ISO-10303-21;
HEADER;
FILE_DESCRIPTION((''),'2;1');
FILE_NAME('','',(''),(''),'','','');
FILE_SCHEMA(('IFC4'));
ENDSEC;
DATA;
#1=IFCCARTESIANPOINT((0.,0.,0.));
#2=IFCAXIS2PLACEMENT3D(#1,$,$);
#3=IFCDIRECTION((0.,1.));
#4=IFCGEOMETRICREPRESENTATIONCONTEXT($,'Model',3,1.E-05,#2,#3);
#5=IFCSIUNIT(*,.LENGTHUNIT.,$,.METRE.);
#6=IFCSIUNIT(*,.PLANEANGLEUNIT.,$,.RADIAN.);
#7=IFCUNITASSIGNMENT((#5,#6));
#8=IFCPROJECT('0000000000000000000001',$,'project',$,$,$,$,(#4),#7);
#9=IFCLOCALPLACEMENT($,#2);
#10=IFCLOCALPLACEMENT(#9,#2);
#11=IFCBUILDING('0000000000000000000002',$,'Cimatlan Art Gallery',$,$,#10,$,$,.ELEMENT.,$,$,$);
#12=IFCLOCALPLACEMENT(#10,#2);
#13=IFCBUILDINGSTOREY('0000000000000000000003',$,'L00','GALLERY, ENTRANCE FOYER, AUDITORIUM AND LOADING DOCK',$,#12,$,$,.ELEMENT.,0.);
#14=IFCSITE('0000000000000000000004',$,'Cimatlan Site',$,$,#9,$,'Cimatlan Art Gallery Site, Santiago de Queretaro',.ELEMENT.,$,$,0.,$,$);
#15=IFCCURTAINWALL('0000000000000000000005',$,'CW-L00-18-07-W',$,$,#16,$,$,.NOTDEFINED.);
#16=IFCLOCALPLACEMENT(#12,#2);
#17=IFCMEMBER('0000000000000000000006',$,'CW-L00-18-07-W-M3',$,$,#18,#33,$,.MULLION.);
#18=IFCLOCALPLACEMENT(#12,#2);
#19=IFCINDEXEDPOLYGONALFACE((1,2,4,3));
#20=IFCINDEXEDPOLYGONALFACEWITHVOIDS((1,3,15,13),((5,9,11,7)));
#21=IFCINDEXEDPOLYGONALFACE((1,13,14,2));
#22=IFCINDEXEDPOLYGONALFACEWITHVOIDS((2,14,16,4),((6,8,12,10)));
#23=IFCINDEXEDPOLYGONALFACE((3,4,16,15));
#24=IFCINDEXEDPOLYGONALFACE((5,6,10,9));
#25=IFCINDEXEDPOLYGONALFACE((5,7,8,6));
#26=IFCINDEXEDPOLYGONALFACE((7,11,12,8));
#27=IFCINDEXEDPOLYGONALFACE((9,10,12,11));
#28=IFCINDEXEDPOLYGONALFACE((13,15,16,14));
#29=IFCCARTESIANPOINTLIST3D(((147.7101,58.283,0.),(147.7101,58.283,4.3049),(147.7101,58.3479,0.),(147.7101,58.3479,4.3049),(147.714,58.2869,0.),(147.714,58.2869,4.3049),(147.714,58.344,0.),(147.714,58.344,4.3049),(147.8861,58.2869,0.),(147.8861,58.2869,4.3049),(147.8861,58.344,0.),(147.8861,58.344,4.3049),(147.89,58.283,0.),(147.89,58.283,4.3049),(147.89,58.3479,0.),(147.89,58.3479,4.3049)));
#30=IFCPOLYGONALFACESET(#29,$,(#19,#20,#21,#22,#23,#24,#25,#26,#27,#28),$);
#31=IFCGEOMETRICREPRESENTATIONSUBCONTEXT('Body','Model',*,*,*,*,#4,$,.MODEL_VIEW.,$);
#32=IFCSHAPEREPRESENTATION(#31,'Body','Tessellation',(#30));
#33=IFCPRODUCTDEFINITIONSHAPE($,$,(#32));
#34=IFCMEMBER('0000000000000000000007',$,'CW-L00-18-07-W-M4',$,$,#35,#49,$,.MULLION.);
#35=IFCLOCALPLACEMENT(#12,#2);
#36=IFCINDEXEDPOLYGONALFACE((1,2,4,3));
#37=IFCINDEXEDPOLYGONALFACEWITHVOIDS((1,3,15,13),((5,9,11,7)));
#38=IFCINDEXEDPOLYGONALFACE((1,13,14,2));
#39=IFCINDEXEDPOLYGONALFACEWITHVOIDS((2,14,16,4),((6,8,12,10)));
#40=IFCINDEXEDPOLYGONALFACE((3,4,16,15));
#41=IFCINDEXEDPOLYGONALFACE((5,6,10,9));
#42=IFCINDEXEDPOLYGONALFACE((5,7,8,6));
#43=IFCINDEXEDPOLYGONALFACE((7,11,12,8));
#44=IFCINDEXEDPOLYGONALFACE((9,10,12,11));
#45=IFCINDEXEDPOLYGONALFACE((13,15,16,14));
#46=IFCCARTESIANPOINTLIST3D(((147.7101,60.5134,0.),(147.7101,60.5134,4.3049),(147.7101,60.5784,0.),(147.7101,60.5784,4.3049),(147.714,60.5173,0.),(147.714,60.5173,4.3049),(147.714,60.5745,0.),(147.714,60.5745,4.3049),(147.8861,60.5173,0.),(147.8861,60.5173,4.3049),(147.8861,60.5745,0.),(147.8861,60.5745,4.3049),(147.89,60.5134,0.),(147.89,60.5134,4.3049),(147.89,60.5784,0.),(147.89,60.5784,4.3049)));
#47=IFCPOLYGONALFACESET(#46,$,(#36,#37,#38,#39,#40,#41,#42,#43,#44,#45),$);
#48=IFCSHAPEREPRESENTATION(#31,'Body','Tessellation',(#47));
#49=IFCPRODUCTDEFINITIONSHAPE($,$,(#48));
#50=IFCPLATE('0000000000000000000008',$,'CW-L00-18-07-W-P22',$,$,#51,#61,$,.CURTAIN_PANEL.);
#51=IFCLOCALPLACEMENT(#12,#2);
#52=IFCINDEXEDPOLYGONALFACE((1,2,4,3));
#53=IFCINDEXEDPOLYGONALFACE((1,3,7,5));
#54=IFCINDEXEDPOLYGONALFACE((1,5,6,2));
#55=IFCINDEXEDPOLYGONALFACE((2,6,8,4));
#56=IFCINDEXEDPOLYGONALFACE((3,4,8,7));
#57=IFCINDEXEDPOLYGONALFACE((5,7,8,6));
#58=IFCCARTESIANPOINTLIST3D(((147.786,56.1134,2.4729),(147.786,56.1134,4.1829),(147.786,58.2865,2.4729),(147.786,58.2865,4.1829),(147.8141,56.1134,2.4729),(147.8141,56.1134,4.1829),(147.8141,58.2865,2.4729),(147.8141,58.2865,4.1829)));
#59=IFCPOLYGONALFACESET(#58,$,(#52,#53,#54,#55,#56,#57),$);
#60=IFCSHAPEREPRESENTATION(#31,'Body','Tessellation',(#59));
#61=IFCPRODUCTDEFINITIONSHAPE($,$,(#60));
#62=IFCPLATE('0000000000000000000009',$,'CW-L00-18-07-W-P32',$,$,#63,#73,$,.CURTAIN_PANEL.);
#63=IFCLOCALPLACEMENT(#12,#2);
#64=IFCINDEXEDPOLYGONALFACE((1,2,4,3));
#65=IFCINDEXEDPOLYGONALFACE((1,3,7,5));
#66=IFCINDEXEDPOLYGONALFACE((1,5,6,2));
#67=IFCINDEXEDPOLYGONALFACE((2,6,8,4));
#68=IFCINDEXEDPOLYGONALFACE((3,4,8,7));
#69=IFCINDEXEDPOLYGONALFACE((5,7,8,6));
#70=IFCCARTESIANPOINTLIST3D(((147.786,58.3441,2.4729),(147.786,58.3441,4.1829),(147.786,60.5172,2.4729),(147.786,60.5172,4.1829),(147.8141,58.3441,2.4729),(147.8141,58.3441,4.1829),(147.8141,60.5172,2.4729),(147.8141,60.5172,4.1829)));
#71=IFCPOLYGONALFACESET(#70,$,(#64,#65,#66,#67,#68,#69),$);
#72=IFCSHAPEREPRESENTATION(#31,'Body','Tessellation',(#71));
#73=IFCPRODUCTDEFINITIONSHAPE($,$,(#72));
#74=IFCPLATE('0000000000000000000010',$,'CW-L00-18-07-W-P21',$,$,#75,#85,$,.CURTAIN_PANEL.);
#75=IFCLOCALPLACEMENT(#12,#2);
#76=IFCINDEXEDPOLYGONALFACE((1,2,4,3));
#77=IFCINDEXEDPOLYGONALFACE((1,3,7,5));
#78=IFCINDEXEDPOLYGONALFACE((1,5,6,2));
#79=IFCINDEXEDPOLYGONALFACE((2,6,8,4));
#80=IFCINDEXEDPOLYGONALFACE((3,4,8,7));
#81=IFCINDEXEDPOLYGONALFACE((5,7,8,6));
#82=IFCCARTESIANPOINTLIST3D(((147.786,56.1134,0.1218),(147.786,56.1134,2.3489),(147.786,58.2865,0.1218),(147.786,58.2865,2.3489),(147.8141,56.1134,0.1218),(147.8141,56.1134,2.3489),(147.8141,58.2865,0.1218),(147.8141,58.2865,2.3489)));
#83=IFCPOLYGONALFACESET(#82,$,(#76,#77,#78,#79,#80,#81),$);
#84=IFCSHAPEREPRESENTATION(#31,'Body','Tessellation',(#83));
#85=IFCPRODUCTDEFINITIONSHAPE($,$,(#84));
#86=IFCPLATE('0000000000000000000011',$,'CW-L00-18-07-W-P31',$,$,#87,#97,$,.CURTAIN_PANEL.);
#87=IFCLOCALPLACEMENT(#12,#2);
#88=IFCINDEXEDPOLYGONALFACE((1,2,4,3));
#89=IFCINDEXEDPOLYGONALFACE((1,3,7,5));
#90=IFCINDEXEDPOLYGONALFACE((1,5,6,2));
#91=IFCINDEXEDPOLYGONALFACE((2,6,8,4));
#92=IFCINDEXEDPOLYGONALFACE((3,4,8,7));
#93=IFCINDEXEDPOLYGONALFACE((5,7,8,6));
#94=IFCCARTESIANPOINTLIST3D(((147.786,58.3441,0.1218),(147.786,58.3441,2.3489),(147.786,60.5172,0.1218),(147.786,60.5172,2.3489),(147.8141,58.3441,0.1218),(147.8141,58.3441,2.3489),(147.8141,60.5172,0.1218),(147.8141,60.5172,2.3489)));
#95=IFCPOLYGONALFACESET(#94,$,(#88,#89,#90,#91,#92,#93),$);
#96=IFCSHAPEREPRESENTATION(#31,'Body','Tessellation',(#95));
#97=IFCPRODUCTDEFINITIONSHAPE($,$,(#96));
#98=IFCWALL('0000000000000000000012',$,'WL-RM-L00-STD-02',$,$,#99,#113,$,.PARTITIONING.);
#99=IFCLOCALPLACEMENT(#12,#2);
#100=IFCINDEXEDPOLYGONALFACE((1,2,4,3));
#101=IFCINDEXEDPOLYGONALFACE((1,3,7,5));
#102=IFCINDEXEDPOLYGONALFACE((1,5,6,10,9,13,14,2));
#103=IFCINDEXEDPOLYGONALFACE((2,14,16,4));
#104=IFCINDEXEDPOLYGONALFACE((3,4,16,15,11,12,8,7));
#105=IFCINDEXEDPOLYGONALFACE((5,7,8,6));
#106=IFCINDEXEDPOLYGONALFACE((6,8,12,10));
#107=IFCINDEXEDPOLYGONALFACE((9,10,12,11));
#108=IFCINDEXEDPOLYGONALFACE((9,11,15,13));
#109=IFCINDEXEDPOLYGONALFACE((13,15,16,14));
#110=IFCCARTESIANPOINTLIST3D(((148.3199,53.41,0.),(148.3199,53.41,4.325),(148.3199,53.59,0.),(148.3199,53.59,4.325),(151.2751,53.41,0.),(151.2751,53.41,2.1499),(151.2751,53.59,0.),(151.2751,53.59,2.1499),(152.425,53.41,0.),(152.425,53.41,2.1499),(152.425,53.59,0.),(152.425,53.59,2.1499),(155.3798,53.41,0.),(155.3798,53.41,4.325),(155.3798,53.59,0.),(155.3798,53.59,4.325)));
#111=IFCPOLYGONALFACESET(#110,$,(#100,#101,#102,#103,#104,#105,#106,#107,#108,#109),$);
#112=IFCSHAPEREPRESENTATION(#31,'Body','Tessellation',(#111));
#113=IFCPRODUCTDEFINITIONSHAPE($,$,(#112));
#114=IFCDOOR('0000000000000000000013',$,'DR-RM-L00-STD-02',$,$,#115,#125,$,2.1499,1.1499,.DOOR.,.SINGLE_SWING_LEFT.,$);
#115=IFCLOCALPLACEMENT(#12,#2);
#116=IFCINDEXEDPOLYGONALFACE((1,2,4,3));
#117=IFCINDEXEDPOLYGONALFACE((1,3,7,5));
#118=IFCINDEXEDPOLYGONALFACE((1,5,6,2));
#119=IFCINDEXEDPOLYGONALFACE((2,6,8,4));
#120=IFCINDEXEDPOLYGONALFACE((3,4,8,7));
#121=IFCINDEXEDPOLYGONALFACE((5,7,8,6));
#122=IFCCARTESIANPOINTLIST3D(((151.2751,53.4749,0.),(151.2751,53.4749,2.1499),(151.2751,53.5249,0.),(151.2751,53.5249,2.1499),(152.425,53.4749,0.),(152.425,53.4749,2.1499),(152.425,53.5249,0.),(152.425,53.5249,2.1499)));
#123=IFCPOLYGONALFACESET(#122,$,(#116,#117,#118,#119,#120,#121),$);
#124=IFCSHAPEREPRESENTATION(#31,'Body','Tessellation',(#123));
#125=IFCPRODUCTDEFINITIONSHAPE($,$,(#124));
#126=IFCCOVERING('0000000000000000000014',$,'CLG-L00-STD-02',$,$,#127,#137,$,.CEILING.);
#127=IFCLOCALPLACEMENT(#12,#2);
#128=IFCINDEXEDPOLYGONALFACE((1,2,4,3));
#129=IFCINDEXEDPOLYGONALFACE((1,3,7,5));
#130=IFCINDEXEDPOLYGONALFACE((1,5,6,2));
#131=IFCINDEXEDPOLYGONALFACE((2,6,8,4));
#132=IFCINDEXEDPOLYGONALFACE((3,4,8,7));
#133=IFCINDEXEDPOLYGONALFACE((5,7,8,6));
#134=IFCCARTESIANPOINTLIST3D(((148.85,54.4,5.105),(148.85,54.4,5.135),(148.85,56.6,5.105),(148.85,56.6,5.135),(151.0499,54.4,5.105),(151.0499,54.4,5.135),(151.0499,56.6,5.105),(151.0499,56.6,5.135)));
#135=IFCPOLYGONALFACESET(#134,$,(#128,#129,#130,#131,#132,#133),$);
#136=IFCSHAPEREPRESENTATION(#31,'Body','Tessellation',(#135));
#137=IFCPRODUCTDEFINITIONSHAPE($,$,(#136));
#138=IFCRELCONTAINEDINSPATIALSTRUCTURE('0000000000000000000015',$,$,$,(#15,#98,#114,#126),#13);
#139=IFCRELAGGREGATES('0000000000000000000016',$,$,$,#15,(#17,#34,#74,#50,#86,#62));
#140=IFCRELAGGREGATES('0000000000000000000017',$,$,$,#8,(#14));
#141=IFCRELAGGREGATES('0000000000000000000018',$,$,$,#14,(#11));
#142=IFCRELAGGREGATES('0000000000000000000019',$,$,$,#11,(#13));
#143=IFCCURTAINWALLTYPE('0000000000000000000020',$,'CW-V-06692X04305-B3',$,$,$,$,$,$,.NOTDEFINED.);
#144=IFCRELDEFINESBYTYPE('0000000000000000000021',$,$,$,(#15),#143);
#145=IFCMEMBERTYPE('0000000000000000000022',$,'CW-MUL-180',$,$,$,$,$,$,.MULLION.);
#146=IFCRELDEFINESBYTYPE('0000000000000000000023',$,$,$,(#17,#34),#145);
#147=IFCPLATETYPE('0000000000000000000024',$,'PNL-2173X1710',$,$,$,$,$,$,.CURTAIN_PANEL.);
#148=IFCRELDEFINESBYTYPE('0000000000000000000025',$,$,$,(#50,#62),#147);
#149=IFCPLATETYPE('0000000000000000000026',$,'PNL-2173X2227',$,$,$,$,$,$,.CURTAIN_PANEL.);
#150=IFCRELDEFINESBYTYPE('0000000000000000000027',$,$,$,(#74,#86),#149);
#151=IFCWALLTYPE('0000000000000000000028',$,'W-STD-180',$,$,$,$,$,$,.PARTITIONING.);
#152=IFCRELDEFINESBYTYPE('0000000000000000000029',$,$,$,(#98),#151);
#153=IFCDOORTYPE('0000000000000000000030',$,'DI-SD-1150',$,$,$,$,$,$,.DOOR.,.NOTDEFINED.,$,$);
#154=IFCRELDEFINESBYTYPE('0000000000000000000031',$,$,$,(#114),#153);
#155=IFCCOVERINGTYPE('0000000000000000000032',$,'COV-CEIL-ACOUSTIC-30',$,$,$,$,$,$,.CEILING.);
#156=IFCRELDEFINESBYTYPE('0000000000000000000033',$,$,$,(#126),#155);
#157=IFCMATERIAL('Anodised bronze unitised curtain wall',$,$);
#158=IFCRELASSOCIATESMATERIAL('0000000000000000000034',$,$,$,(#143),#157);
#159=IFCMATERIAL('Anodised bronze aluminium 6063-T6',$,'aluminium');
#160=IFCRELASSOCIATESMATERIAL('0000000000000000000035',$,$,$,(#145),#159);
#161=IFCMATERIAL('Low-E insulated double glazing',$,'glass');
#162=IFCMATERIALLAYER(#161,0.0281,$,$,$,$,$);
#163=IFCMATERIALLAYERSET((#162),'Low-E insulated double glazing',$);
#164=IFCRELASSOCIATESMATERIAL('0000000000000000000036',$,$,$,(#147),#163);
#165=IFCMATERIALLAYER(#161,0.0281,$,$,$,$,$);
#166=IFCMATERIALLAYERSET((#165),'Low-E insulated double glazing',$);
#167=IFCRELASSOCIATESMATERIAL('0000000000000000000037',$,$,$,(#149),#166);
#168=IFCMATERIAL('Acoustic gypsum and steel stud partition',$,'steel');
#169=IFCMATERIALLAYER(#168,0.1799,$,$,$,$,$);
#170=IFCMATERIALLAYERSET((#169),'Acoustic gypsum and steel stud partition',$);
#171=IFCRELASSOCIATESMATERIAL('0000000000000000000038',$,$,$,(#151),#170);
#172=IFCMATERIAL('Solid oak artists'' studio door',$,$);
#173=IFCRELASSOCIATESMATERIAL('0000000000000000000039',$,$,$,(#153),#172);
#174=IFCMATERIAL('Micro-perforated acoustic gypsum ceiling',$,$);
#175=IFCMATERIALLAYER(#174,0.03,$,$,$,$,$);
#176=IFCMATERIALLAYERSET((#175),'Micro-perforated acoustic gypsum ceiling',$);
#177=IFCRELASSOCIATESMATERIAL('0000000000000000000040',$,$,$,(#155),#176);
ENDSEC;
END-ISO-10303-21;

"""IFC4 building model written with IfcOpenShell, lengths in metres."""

from ifc_helpers import new_model, si_unit, direction, frame, frame_2d, origin, origin_2d, place, context, subcontext, project, spatial, rectangle, hollow_rectangle, extrude, material, layer, layer_set, material_profile, profile_set, type_object, element, fill, aggregate, save


model = new_model("IFC4")

# Units and contexts
model_context = context("Model", 3, precision=1e-05, world=origin(), true_north=direction((0.0, 1.0)))
body_context = subcontext(model_context, "Body", "Model", "MODEL_VIEW")
ifc_project = project(units=[si_unit("LENGTHUNIT", "METRE"), si_unit("PLANEANGLEUNIT", "RADIAN")], contexts=[model_context])

# Site, building, storey
site_placement = place(None, origin())
site = spatial("IfcSite", under=ifc_project, at=site_placement, Name="Cimatlan Site", LongName="Cimatlan Art Gallery Site, Santiago de Queretaro", CompositionType="ELEMENT", RefElevation=0.0)
building_placement = place(site_placement, origin())
building = spatial("IfcBuilding", under=site, at=building_placement, Name="Cimatlan Art Gallery", CompositionType="ELEMENT")
storey_placement = place(building_placement, origin())
storey = spatial("IfcBuildingStorey", under=building, at=storey_placement, Name="L00", Description="GALLERY, ENTRANCE FOYER, AUDITORIUM AND LOADING DOCK", CompositionType="ELEMENT", Elevation=0.0)

# Curtain wall, members, plates
ifc_material_1 = material(Name="Anodised bronze unitised curtain wall")
curtain_wall_type = type_object("IfcCurtainWallType", Name="CW-V-06692X04305-B3", PredefinedType="NOTDEFINED", material=ifc_material_1)
curtain_wall_placement = place(storey_placement, origin())
curtain_wall = element("IfcCurtainWall", 1, at=curtain_wall_placement, inside=storey, type_object=curtain_wall_type, Name="CW-L00-18-07-W", PredefinedType="NOTDEFINED")
ifc_material_2 = material(Name="Anodised bronze aluminium 6063-T6", Category="aluminium")
ifc_material_profile_1 = material_profile(ifc_material_2, hollow_rectangle(XDim=0.0649, YDim=0.1799, WallThickness=0.0039, at=origin_2d()), Name="ALU65X180X4")
ifc_profile_set_1 = profile_set([ifc_material_profile_1], Name="Anodised bronze aluminium 6063-T6")
member_type = type_object("IfcMemberType", Name="CW-MUL-180", PredefinedType="MULLION", material=ifc_profile_set_1)
member_1_placement = place(storey_placement, frame((147.8, 58.3154, 0.0), z_axis=(0.0, 0.0, 1.0), x_axis=(0.0, 1.0, 0.0)))
member_1 = element("IfcMember", 2, at=member_1_placement, type_object=member_type, Name="CW-L00-18-07-W-M3", PredefinedType="MULLION", context=body_context, shape_type="SweptSolid", body=[
    extrude(hollow_rectangle(XDim=0.0649, YDim=0.1799, WallThickness=0.0039, at=origin_2d()), origin(), (0.0, 0.0, 1.0), 4.3049),
])
member_2_placement = place(storey_placement, frame((147.8, 60.5459, 0.0), z_axis=(0.0, 0.0, 1.0), x_axis=(0.0, 1.0, 0.0)))
member_2 = element("IfcMember", 3, at=member_2_placement, type_object=member_type, Name="CW-L00-18-07-W-M4", PredefinedType="MULLION", context=body_context, shape_type="SweptSolid", body=[
    extrude(hollow_rectangle(XDim=0.0649, YDim=0.1799, WallThickness=0.0039, at=origin_2d()), origin(), (0.0, 0.0, 1.0), 4.3049),
])
ifc_material_3 = material(Name="Low-E insulated double glazing", Category="glass")
ifc_layer_1 = layer(ifc_material_3, 0.0281)
ifc_layer_set_1 = layer_set([ifc_layer_1], Name="Low-E insulated double glazing")
plate_type_1 = type_object("IfcPlateType", Name="PNL-2173X1710", PredefinedType="CURTAIN_PANEL", material=ifc_layer_set_1)
plate_1_placement = place(storey_placement, frame((147.8, 57.2, 2.4729), z_axis=(0.0, 0.0, 1.0), x_axis=(0.0, 1.0, 0.0)))
plate_1 = element("IfcPlate", 4, at=plate_1_placement, type_object=plate_type_1, Name="CW-L00-18-07-W-P22", PredefinedType="CURTAIN_PANEL", context=body_context, shape_type="SweptSolid", body=[
    extrude(rectangle(XDim=2.1731, YDim=0.0281, at=origin_2d()), origin(), (0.0, 0.0, 1.0), 1.71),
])
plate_2_placement = place(storey_placement, frame((147.8, 59.4307, 2.4729), z_axis=(0.0, 0.0, 1.0), x_axis=(0.0, 1.0, 0.0)))
plate_2 = element("IfcPlate", 5, at=plate_2_placement, type_object=plate_type_1, Name="CW-L00-18-07-W-P32", PredefinedType="CURTAIN_PANEL", context=body_context, shape_type="SweptSolid", body=[
    extrude(rectangle(XDim=2.1731, YDim=0.0281, at=origin_2d()), origin(), (0.0, 0.0, 1.0), 1.71),
])
ifc_layer_2 = layer(ifc_material_3, 0.0281)
ifc_layer_set_2 = layer_set([ifc_layer_2], Name="Low-E insulated double glazing")
plate_type_2 = type_object("IfcPlateType", Name="PNL-2173X2227", PredefinedType="CURTAIN_PANEL", material=ifc_layer_set_2)
plate_3_placement = place(storey_placement, frame((147.8, 57.2, 0.1218), z_axis=(0.0, 0.0, 1.0), x_axis=(0.0, 1.0, 0.0)))
plate_3 = element("IfcPlate", 6, at=plate_3_placement, type_object=plate_type_2, Name="CW-L00-18-07-W-P21", PredefinedType="CURTAIN_PANEL", context=body_context, shape_type="SweptSolid", body=[
    extrude(rectangle(XDim=2.1731, YDim=0.0281, at=origin_2d()), origin(), (0.0, 0.0, 1.0), 2.2271),
])
plate_4_placement = place(storey_placement, frame((147.8, 59.4307, 0.1218), z_axis=(0.0, 0.0, 1.0), x_axis=(0.0, 1.0, 0.0)))
plate_4 = element("IfcPlate", 7, at=plate_4_placement, type_object=plate_type_2, Name="CW-L00-18-07-W-P31", PredefinedType="CURTAIN_PANEL", context=body_context, shape_type="SweptSolid", body=[
    extrude(rectangle(XDim=2.1731, YDim=0.0281, at=origin_2d()), origin(), (0.0, 0.0, 1.0), 2.2271),
])
aggregate(curtain_wall, [member_1, member_2, plate_3, plate_1, plate_4, plate_2])

# Wall, opening, door
ifc_material_4 = material(Name="Acoustic gypsum and steel stud partition", Category="steel")
ifc_layer_3 = layer(ifc_material_4, 0.1799)
ifc_layer_set_3 = layer_set([ifc_layer_3], Name="Acoustic gypsum and steel stud partition")
wall_type = type_object("IfcWallType", Name="W-STD-180", PredefinedType="PARTITIONING", material=ifc_layer_set_3)
wall_placement = place(storey_placement, frame((148.3201, 53.5, 0.0), z_axis=(0.0, 0.0, 1.0), x_axis=(1.0, 0.0, 0.0)))
wall = element("IfcWall", 8, at=wall_placement, inside=storey, type_object=wall_type, Name="WL-RM-L00-STD-02", PredefinedType="PARTITIONING", context=body_context, shape_type="SweptSolid", body=[
    extrude(rectangle(XDim=7.0598, YDim=0.1799, at=frame_2d((3.5298, 0.0))), origin(), (0.0, 0.0, 1.0), 4.325),
])
opening_placement = place(wall_placement, frame((2.9551, 0.0, 0.0)))
opening = element("IfcOpeningElement", 9, at=opening_placement, cuts=wall, PredefinedType="OPENING", context=body_context, shape_type="SweptSolid", body=[
    extrude(rectangle(XDim=1.1499, YDim=2.1499, at=frame_2d((0.575, 1.075))), frame((0.0, 0.1001, 0.0), z_axis=(0.0, -1.0, 0.0), x_axis=(1.0, 0.0, 0.0)), (0.0, 0.0, 1.0), 0.2),
])
ifc_material_5 = material(Name="Solid oak artists' studio door")
door_type = type_object("IfcDoorType", Name="DI-SD-1150", OperationType="NOTDEFINED", PredefinedType="DOOR", material=ifc_material_5)
door_placement = place(opening_placement, origin())
door = element("IfcDoor", 10, at=door_placement, inside=storey, type_object=door_type, Name="DR-RM-L00-STD-02", OperationType="SINGLE_SWING_LEFT", OverallHeight=2.1499, OverallWidth=1.1499, PredefinedType="DOOR", context=body_context, shape_type="SweptSolid", body=[
    extrude(rectangle(XDim=1.1499, YDim=2.1499, at=frame_2d((0.575, 1.075))), frame((0.0, 0.0249, 0.0), z_axis=(0.0, -1.0, 0.0), x_axis=(1.0, 0.0, 0.0)), (0.0, 0.0, 1.0), 0.05),
])
fill(opening, door)

# Covering
ifc_material_6 = material(Name="Micro-perforated acoustic gypsum ceiling")
ifc_layer_4 = layer(ifc_material_6, 0.03)
ifc_layer_set_4 = layer_set([ifc_layer_4], Name="Micro-perforated acoustic gypsum ceiling")
covering_type = type_object("IfcCoveringType", Name="COV-CEIL-ACOUSTIC-30", PredefinedType="CEILING", material=ifc_layer_set_4)
covering_placement = place(storey_placement, frame((149.95, 55.5, 5.105), z_axis=(0.0, 0.0, 1.0), x_axis=(1.0, 0.0, 0.0)))
element("IfcCovering", 11, at=covering_placement, inside=storey, type_object=covering_type, Name="CLG-L00-STD-02", PredefinedType="CEILING", context=body_context, shape_type="SweptSolid", body=[
    extrude(rectangle(XDim=2.2, YDim=2.2, at=origin_2d()), origin(), (0.0, 0.0, 1.0), 0.03),
])

save(model, "model.ifc")
